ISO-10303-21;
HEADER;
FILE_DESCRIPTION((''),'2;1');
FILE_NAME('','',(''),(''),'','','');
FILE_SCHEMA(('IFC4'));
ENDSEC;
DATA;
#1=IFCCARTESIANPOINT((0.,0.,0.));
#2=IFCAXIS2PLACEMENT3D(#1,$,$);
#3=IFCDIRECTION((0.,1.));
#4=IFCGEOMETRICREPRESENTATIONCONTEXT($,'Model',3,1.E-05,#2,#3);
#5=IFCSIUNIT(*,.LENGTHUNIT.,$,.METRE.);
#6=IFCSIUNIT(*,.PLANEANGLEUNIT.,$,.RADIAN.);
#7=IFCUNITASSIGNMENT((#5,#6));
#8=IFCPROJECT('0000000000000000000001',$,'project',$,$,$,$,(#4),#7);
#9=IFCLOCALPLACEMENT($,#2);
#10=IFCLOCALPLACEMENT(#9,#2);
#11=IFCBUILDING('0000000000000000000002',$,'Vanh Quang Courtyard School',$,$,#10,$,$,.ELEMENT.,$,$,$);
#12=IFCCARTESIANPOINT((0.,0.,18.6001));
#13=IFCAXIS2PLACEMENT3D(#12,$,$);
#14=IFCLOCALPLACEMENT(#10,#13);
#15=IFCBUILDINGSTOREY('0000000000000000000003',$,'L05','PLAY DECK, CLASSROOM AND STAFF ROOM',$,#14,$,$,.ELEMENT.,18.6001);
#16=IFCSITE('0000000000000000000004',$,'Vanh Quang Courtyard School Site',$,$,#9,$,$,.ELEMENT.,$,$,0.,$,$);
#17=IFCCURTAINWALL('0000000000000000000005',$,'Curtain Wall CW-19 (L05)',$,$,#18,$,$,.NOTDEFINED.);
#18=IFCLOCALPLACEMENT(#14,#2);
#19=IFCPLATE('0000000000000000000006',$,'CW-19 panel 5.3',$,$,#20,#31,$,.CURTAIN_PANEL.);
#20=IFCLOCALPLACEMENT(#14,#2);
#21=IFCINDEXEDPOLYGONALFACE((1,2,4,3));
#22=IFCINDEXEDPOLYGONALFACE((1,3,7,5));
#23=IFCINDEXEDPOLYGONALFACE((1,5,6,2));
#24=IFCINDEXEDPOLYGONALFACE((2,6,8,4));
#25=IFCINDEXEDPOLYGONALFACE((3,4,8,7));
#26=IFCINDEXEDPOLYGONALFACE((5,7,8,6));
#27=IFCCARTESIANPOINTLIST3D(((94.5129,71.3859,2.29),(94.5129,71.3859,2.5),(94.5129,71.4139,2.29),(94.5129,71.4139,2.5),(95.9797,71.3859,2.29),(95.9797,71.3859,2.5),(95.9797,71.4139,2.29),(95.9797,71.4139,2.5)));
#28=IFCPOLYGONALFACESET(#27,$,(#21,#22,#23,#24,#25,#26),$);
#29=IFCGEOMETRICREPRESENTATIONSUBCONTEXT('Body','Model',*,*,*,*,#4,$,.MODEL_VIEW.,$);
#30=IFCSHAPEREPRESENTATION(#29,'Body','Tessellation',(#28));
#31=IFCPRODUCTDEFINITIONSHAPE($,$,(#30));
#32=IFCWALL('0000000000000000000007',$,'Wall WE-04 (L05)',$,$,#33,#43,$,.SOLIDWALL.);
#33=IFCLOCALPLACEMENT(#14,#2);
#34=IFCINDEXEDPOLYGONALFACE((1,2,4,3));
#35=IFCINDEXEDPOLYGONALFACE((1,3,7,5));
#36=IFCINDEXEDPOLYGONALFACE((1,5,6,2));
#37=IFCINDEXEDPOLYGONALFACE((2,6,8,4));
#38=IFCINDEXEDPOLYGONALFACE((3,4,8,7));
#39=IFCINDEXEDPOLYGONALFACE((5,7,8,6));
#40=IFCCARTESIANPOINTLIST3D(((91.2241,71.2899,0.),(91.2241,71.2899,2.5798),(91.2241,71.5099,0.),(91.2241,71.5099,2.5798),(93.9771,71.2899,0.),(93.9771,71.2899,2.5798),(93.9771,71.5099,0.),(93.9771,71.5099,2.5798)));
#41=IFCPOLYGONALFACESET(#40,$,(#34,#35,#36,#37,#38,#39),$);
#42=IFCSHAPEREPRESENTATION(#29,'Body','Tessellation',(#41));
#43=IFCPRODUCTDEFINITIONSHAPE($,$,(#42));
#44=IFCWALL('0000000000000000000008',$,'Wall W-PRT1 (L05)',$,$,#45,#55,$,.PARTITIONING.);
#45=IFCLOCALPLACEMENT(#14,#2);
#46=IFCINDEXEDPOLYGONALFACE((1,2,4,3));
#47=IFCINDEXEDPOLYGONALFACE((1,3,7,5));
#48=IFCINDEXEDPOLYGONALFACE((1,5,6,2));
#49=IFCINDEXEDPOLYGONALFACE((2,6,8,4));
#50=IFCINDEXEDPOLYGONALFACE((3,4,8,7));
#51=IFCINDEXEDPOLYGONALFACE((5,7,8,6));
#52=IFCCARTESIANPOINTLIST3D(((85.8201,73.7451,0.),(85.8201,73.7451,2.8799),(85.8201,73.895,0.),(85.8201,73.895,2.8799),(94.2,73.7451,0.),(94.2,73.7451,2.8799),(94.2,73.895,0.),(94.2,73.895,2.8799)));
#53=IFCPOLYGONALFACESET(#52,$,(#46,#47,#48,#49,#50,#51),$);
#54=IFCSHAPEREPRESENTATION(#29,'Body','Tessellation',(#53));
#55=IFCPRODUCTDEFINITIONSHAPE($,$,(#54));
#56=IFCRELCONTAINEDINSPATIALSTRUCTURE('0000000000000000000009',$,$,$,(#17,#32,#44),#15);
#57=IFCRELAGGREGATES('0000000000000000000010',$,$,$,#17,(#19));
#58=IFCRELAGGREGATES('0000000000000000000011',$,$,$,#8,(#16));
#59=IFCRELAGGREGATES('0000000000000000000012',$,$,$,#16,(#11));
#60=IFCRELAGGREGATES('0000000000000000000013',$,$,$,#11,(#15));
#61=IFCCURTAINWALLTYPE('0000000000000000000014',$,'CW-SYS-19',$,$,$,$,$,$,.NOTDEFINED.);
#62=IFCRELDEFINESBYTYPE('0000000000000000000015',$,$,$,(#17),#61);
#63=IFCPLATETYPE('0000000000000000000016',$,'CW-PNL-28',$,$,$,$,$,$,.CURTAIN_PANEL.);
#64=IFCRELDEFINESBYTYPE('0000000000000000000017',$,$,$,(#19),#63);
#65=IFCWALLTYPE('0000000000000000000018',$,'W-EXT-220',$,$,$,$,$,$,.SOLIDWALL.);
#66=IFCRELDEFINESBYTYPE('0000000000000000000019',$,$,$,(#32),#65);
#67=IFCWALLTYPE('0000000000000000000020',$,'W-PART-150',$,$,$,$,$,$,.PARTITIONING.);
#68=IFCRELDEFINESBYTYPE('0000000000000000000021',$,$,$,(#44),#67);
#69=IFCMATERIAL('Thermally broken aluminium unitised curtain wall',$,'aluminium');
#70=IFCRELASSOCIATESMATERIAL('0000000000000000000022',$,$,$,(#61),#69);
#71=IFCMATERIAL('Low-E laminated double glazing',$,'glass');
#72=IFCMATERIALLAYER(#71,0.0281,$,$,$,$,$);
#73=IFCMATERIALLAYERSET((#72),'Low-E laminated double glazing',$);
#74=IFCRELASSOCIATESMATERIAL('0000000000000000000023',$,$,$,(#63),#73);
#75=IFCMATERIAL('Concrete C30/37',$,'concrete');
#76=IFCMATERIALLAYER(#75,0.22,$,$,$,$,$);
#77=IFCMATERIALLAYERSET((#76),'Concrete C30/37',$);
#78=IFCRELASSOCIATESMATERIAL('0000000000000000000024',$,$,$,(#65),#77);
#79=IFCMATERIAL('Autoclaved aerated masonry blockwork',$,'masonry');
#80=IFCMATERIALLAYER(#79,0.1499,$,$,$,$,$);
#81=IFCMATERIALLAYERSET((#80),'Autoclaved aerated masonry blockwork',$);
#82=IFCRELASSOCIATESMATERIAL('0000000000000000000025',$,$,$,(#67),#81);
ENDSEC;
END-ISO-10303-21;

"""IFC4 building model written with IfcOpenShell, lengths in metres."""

from ifc_helpers import new_model, si_unit, direction, frame, frame_2d, origin, origin_2d, place, context, subcontext, project, spatial, rectangle, extrude, material, layer, layer_set, type_object, element, aggregate, save


model = new_model("IFC4")

# Units and contexts
model_context = context("Model", 3, precision=1e-05, world=origin(), true_north=direction((0.0, 1.0)))
body_context = subcontext(model_context, "Body", "Model", "MODEL_VIEW")
ifc_project = project(units=[si_unit("LENGTHUNIT", "METRE"), si_unit("PLANEANGLEUNIT", "RADIAN")], contexts=[model_context])

# Site, building, storey
site_placement = place(None, origin())
site = spatial("IfcSite", under=ifc_project, at=site_placement, Name="Vanh Quang Courtyard School Site", CompositionType="ELEMENT", RefElevation=0.0)
building_placement = place(site_placement, origin())
building = spatial("IfcBuilding", under=site, at=building_placement, Name="Vanh Quang Courtyard School", CompositionType="ELEMENT")
storey_placement = place(building_placement, frame((0.0, 0.0, 18.6001)))
storey = spatial("IfcBuildingStorey", under=building, at=storey_placement, Name="L05", Description="PLAY DECK, CLASSROOM AND STAFF ROOM", CompositionType="ELEMENT", Elevation=18.6001)

# Shared definitions
ifc_material_1 = material(Name="Thermally broken aluminium unitised curtain wall", Category="aluminium")

# Curtain wall
curtain_wall_type_1 = type_object("IfcCurtainWallType", Name="CW-SYS-19", PredefinedType="NOTDEFINED", material=ifc_material_1)
curtain_wall_1_placement = place(storey_placement, origin())
curtain_wall_1 = element("IfcCurtainWall", 1, at=curtain_wall_1_placement, inside=storey, type_object=curtain_wall_type_1, Name="Curtain Wall CW-19 (L05)", PredefinedType="NOTDEFINED")

# Plate
ifc_material_2 = material(Name="Low-E laminated double glazing", Category="glass")
ifc_layer_1 = layer(ifc_material_2, 0.0281)
ifc_layer_set_1 = layer_set([ifc_layer_1], Name="Low-E laminated double glazing")
plate_type = type_object("IfcPlateType", Name="CW-PNL-28", PredefinedType="CURTAIN_PANEL", material=ifc_layer_set_1)
plate_1_placement = place(storey_placement, frame((95.2463, 71.3999, 2.29), z_axis=(0.0, 0.0, 1.0), x_axis=(-1.0, 0.0, 0.0)))
plate_1 = element("IfcPlate", 2, at=plate_1_placement, type_object=plate_type, Name="CW-19 panel 5.3", PredefinedType="CURTAIN_PANEL", context=body_context, shape_type="SweptSolid", body=[
    extrude(rectangle(XDim=1.4668, YDim=0.0281, at=origin_2d()), origin(), (0.0, 0.0, 1.0), 0.21),
])
aggregate(curtain_wall_1, [plate_1])

# Walls
ifc_material_3 = material(Name="Concrete C30/37", Category="concrete")
ifc_layer_2 = layer(ifc_material_3, 0.22)
ifc_layer_set_2 = layer_set([ifc_layer_2], Name="Concrete C30/37")
wall_type_1 = type_object("IfcWallType", Name="W-EXT-220", PredefinedType="SOLIDWALL", material=ifc_layer_set_2)
wall_1_placement = place(storey_placement, frame((93.9771, 71.3999, 0.0), z_axis=(0.0, 0.0, 1.0), x_axis=(-1.0, 0.0, 0.0)))
element("IfcWall", 3, at=wall_1_placement, inside=storey, type_object=wall_type_1, Name="Wall WE-04 (L05)", PredefinedType="SOLIDWALL", context=body_context, shape_type="SweptSolid", body=[
    extrude(rectangle(XDim=2.7529, YDim=0.22, at=frame_2d((1.3765, 0.0))), origin(), (0.0, 0.0, 1.0), 2.5798),
])
ifc_material_4 = material(Name="Autoclaved aerated masonry blockwork", Category="masonry")
ifc_layer_3 = layer(ifc_material_4, 0.1499)
ifc_layer_set_3 = layer_set([ifc_layer_3], Name="Autoclaved aerated masonry blockwork")
wall_type_2 = type_object("IfcWallType", Name="W-PART-150", PredefinedType="PARTITIONING", material=ifc_layer_set_3)
wall_2_placement = place(storey_placement, frame((94.2, 73.8201, 0.0), z_axis=(0.0, 0.0, 1.0), x_axis=(-1.0, 0.0, 0.0)))
element("IfcWall", 4, at=wall_2_placement, inside=storey, type_object=wall_type_2, Name="Wall W-PRT1 (L05)", PredefinedType="PARTITIONING", context=body_context, shape_type="SweptSolid", body=[
    extrude(rectangle(XDim=8.3799, YDim=0.1499, at=frame_2d((4.1899, 0.0))), origin(), (0.0, 0.0, 1.0), 2.8799),
])

save(model, "model.ifc")
